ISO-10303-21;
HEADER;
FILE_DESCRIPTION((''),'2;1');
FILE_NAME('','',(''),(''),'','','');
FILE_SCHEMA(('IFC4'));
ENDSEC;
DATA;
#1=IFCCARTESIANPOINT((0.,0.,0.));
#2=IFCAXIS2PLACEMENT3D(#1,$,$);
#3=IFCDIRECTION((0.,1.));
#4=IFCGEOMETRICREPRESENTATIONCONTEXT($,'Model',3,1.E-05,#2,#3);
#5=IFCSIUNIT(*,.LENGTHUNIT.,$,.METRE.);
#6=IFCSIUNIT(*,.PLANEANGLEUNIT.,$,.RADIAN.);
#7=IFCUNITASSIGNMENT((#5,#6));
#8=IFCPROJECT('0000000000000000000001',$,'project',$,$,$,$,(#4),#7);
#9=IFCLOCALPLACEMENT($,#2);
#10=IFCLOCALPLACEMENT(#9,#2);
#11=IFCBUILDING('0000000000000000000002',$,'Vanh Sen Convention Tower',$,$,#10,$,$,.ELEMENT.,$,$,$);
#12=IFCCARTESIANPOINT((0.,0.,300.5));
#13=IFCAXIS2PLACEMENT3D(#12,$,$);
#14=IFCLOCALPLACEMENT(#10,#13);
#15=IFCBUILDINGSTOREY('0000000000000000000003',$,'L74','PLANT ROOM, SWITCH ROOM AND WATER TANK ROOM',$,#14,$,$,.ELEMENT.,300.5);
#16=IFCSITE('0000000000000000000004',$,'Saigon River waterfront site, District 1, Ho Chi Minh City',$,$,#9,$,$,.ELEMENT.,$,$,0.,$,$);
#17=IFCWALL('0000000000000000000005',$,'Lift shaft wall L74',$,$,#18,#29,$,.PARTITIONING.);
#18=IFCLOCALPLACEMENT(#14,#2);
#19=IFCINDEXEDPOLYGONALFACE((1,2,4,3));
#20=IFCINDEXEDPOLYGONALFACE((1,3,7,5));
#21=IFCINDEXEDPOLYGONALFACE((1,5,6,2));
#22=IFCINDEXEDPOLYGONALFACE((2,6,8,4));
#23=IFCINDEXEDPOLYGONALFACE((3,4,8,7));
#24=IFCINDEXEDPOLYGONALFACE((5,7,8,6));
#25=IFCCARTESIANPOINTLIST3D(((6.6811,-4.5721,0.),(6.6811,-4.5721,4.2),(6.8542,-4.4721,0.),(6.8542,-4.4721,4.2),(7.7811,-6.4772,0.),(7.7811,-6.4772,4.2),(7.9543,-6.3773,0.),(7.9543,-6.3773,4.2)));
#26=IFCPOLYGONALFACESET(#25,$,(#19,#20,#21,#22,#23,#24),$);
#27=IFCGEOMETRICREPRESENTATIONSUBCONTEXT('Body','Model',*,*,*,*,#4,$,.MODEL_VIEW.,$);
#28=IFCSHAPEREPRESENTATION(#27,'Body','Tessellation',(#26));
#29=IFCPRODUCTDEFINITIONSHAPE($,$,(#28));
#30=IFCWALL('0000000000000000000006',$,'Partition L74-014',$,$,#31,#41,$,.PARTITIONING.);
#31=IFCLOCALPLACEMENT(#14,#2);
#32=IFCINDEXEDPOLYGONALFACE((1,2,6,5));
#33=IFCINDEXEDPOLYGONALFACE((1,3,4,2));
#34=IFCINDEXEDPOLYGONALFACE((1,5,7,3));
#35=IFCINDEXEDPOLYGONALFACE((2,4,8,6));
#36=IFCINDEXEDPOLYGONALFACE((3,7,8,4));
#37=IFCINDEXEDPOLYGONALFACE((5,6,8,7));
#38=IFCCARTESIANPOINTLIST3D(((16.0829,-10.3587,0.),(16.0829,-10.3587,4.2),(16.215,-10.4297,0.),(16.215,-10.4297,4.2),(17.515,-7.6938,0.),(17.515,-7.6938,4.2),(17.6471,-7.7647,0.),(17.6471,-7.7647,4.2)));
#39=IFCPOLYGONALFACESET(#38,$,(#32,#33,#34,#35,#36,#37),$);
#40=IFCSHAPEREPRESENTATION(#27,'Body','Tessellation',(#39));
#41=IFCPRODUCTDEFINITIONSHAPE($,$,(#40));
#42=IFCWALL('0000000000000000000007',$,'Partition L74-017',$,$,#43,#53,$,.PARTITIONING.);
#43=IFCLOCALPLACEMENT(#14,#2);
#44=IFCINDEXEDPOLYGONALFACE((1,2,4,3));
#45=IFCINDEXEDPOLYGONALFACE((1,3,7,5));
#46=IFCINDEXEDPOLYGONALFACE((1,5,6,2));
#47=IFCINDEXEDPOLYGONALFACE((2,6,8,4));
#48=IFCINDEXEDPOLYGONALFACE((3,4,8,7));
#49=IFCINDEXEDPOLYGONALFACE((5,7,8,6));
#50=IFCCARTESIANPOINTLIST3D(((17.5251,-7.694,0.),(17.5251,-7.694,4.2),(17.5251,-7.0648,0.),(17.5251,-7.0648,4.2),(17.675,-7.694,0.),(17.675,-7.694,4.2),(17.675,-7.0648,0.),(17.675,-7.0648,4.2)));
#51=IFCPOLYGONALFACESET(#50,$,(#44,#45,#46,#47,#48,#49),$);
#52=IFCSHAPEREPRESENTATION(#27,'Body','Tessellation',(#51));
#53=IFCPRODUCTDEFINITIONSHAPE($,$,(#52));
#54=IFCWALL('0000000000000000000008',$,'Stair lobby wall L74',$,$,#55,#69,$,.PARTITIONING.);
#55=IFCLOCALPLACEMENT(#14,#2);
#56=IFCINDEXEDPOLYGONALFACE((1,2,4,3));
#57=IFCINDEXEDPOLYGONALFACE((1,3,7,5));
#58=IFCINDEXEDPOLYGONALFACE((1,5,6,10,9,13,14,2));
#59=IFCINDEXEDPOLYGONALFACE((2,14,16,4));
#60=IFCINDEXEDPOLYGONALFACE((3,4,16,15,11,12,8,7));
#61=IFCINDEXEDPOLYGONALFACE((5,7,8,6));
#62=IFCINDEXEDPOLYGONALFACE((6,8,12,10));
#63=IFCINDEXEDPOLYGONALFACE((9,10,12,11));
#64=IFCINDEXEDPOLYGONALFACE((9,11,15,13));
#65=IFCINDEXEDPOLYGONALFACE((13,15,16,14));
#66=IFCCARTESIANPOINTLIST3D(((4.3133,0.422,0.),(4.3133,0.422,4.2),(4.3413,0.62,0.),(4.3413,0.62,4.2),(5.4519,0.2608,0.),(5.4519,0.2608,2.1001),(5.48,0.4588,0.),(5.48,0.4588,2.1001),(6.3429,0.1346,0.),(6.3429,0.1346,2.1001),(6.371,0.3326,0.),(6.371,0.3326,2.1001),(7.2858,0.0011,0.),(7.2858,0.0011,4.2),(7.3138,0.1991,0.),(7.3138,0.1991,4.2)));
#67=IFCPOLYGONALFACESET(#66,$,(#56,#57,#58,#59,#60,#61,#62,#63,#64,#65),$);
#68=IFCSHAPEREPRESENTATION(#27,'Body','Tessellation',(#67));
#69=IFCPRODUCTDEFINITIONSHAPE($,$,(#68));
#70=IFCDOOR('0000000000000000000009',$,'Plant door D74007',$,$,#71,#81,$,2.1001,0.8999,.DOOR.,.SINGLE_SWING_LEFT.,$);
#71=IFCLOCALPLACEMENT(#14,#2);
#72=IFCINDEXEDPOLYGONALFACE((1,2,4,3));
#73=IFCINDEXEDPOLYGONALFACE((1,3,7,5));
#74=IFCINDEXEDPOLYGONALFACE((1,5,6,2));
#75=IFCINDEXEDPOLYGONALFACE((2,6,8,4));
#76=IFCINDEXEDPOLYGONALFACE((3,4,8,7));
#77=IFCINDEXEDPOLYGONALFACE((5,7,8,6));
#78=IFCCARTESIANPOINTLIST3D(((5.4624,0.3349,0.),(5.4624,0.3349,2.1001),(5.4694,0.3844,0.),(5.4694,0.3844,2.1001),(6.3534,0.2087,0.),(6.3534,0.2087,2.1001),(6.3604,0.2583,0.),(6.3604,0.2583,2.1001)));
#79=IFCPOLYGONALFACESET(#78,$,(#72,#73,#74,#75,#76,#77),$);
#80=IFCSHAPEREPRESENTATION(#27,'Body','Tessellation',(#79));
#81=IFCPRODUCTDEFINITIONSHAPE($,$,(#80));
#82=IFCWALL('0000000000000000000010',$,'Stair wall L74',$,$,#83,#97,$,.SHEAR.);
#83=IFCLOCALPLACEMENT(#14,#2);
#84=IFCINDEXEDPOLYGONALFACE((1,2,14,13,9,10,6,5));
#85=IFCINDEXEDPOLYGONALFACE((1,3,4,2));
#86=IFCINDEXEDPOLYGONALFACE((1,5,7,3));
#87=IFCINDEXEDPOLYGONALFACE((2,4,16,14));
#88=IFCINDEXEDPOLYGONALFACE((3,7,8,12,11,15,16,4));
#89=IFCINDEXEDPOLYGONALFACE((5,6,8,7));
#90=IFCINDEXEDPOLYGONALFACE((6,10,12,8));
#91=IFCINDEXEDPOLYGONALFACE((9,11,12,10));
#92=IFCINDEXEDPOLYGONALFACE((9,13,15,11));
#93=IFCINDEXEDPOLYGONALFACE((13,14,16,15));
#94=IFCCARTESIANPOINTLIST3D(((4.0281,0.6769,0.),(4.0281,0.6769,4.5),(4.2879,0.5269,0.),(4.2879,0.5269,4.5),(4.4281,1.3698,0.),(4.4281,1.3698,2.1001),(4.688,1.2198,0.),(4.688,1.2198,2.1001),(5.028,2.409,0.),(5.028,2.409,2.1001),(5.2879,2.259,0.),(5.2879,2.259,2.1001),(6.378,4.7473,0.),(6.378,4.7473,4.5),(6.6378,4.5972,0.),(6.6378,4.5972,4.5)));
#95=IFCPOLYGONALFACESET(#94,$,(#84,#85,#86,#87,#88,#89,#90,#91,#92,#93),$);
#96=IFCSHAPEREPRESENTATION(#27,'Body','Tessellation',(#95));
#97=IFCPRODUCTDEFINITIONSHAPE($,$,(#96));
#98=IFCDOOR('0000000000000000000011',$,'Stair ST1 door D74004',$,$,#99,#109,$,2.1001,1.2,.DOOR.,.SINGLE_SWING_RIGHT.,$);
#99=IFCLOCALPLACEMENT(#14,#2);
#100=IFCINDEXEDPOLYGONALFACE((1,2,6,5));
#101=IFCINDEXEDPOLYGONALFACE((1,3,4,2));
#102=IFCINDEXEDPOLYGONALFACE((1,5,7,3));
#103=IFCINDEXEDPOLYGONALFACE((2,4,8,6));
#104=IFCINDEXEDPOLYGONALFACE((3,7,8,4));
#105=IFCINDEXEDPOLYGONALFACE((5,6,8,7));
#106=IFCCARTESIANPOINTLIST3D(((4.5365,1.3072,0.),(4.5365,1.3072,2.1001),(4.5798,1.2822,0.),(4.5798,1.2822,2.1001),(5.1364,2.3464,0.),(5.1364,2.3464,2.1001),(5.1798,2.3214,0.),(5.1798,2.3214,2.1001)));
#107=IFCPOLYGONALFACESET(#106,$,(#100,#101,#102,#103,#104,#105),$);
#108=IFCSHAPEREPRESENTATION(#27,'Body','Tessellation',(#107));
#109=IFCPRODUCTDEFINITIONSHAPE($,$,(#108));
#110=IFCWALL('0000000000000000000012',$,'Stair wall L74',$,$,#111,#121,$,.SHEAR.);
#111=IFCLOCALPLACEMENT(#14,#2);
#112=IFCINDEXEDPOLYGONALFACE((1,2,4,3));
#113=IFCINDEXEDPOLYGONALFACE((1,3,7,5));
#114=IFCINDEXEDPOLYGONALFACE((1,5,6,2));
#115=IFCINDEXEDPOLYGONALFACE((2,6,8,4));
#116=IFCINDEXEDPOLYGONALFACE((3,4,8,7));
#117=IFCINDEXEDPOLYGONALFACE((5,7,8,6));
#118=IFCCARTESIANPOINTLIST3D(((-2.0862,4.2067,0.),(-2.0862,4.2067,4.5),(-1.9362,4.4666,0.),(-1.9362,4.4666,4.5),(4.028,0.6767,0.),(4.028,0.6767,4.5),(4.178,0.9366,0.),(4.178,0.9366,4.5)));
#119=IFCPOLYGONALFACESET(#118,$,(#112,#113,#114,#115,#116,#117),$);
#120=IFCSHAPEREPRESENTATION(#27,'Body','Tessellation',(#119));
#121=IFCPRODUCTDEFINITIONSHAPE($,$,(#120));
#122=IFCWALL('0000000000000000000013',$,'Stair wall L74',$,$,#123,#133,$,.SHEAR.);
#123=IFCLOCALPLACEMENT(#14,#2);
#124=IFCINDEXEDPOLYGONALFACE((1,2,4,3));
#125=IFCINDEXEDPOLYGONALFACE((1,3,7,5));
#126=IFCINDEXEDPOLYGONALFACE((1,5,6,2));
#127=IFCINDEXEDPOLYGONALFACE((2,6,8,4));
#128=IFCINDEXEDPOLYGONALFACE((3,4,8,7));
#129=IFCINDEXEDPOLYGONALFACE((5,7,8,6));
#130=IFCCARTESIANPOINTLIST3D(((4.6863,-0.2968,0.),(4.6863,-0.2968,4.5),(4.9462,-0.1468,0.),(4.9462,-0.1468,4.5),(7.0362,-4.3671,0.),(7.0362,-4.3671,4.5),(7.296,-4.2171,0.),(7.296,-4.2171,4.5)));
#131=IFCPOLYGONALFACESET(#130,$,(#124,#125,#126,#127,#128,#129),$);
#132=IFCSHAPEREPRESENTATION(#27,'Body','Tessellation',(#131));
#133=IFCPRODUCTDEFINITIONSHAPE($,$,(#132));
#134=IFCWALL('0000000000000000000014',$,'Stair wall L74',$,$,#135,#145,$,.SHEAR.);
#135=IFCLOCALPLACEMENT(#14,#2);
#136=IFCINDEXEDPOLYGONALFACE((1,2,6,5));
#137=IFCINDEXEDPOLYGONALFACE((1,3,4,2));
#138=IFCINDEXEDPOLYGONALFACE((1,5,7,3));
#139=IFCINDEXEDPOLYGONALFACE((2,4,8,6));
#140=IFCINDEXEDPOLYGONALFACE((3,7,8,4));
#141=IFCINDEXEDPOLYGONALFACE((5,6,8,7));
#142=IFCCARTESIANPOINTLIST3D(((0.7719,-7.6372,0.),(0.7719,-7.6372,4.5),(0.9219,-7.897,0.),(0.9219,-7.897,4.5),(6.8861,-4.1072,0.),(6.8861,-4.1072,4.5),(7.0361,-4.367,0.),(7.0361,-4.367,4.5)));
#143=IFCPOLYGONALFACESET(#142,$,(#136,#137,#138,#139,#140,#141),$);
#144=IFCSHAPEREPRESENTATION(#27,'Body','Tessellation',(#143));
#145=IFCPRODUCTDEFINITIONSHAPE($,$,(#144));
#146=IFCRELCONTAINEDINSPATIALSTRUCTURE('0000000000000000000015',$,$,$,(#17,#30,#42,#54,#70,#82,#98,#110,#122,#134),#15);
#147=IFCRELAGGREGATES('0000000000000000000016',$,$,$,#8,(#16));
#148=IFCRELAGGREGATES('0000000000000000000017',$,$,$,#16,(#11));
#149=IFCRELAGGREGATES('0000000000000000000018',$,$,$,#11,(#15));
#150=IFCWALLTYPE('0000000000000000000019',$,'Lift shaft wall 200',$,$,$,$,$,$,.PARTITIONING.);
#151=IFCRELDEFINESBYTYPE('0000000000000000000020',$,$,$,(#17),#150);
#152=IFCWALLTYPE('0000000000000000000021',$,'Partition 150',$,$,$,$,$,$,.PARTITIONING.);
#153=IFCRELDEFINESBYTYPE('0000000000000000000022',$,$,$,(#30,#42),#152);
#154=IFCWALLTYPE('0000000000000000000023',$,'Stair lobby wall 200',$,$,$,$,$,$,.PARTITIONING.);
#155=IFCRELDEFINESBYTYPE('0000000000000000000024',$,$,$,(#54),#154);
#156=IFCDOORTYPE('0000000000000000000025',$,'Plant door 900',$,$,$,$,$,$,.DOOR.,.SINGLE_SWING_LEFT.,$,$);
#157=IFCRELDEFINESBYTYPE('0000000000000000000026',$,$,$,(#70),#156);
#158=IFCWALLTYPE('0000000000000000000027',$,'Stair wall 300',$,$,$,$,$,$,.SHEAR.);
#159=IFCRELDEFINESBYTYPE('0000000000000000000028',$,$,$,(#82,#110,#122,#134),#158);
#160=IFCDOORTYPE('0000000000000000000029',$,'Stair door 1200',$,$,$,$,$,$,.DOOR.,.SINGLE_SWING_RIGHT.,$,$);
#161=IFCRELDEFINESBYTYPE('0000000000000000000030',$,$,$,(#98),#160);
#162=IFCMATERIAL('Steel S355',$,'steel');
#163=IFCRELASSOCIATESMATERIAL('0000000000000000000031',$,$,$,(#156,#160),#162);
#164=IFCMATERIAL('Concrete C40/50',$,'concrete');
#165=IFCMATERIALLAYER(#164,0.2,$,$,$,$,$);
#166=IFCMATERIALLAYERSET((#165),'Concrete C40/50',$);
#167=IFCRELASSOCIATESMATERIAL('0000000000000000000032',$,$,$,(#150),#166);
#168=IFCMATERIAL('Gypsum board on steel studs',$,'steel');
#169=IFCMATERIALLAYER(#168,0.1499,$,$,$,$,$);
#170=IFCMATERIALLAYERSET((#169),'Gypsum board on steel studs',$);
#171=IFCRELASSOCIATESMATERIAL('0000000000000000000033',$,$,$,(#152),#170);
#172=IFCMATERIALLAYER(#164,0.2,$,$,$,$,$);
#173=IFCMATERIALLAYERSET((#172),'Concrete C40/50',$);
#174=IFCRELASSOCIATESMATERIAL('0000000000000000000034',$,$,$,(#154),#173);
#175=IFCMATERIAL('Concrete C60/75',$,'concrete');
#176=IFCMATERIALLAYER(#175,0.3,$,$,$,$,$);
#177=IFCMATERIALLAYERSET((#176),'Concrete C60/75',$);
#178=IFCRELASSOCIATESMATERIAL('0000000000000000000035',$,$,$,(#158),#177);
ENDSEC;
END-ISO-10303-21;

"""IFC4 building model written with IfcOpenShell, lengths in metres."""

from ifc_helpers import new_model, si_unit, direction, frame, frame_2d, origin, place, context, subcontext, project, spatial, rectangle, extrude, material, layer, layer_set, type_object, element, fill, save


model = new_model("IFC4")

# Units and contexts
model_context = context("Model", 3, precision=1e-05, world=origin(), true_north=direction((0.0, 1.0)))
body_context = subcontext(model_context, "Body", "Model", "MODEL_VIEW")
ifc_project = project(units=[si_unit("LENGTHUNIT", "METRE"), si_unit("PLANEANGLEUNIT", "RADIAN")], contexts=[model_context])

# Site, building, storey
site_placement = place(None, origin())
site = spatial("IfcSite", under=ifc_project, at=site_placement, Name="Saigon River waterfront site, District 1, Ho Chi Minh City", CompositionType="ELEMENT", RefElevation=0.0)
building_placement = place(site_placement, origin())
building = spatial("IfcBuilding", under=site, at=building_placement, Name="Vanh Sen Convention Tower", CompositionType="ELEMENT")
storey_placement = place(building_placement, frame((0.0, 0.0, 300.5)))
storey = spatial("IfcBuildingStorey", under=building, at=storey_placement, Name="L74", Description="PLANT ROOM, SWITCH ROOM AND WATER TANK ROOM", CompositionType="ELEMENT", Elevation=300.5)

# Shared definitions
ifc_material_1 = material(Name="Concrete C40/50", Category="concrete")

# Shared definitions
ifc_material_2 = material(Name="Concrete C60/75", Category="concrete")
ifc_material_3 = material(Name="Steel S355", Category="steel")
door_type_1 = type_object("IfcDoorType", Name="Plant door 900", OperationType="SINGLE_SWING_LEFT", PredefinedType="DOOR", material=ifc_material_3)

# Walls
ifc_layer_1 = layer(ifc_material_1, 0.2)
ifc_layer_set_1 = layer_set([ifc_layer_1], Name="Concrete C40/50")
wall_type_1 = type_object("IfcWallType", Name="Lift shaft wall 200", PredefinedType="PARTITIONING", material=ifc_layer_set_1)
for number, where, z_axis, x_axis, name in (
    (1, (6.7676, -4.522, 0.0), (0.0, 0.0, 1.0), (0.50003, -0.866008, 0.0), "Lift shaft wall L74"),
):
    element("IfcWall", number, at=place(storey_placement, frame(where, z_axis=z_axis, x_axis=x_axis)), inside=storey, type_object=wall_type_1, Name=name, PredefinedType="PARTITIONING", context=body_context, shape_type="SweptSolid", body=[
        extrude(rectangle(XDim=2.2, YDim=0.2, at=frame_2d((1.1001, 0.0))), origin(), (0.0, 0.0, 1.0), 4.2),
    ])
ifc_material_4 = material(Name="Gypsum board on steel studs", Category="steel")
ifc_layer_2 = layer(ifc_material_4, 0.1499)
ifc_layer_set_2 = layer_set([ifc_layer_2], Name="Gypsum board on steel studs")
wall_type_2 = type_object("IfcWallType", Name="Partition 150", PredefinedType="PARTITIONING", material=ifc_layer_set_2)
wall_1_placement = place(storey_placement, frame((17.5811, -7.7292, 0.0), z_axis=(0.0, 0.0, 1.0), x_axis=(-0.473359, -0.88087, 0.0)))
element("IfcWall", 2, at=wall_1_placement, inside=storey, type_object=wall_type_2, Name="Partition L74-014", PredefinedType="PARTITIONING", context=body_context, shape_type="SweptSolid", body=[
    extrude(rectangle(XDim=3.0254, YDim=0.1499, at=frame_2d((1.5127, 0.0))), origin(), (0.0, 0.0, 1.0), 4.2),
])
wall_2_placement = place(storey_placement, frame((17.6001, -7.0649, 0.0), z_axis=(0.0, 0.0, 1.0), x_axis=(0.0, -1.0, 0.0)))
element("IfcWall", 3, at=wall_2_placement, inside=storey, type_object=wall_type_2, Name="Partition L74-017", PredefinedType="PARTITIONING", context=body_context, shape_type="SweptSolid", body=[
    extrude(rectangle(XDim=0.6292, YDim=0.1499, at=frame_2d((0.3145, 0.0))), origin(), (0.0, 0.0, 1.0), 4.2),
])

# Walls, openings, doors
ifc_layer_3 = layer(ifc_material_1, 0.2)
ifc_layer_set_3 = layer_set([ifc_layer_3], Name="Concrete C40/50")
wall_type_3 = type_object("IfcWallType", Name="Stair lobby wall 200", PredefinedType="PARTITIONING", material=ifc_layer_set_3)
wall_3_placement = place(storey_placement, frame((4.3274, 0.521, 0.0), z_axis=(0.0, 0.0, 1.0), x_axis=(0.990124, -0.140192, 0.0)))
wall_3 = element("IfcWall", 4, at=wall_3_placement, inside=storey, type_object=wall_type_3, Name="Stair lobby wall L74", PredefinedType="PARTITIONING", context=body_context, shape_type="SweptSolid", body=[
    extrude(rectangle(XDim=3.0022, YDim=0.2, at=frame_2d((1.501, 0.0))), origin(), (0.0, 0.0, 1.0), 4.2),
])
opening_1_placement = place(wall_3_placement, frame((1.1499, 0.0, 0.0)))
opening_1 = element("IfcOpeningElement", 5, at=opening_1_placement, cuts=wall_3, PredefinedType="OPENING", context=body_context, shape_type="SweptSolid", body=[
    extrude(rectangle(XDim=0.8999, YDim=2.1001, at=frame_2d((0.45, 1.05))), frame((0.0, 0.1099, 0.0), z_axis=(0.0, -1.0, 0.0), x_axis=(1.0, 0.0, 0.0)), (0.0, 0.0, 1.0), 0.22),
])
door_1_placement = place(opening_1_placement, origin())
door_1 = element("IfcDoor", 6, at=door_1_placement, inside=storey, type_object=door_type_1, Name="Plant door D74007", OperationType="SINGLE_SWING_LEFT", OverallHeight=2.1001, OverallWidth=0.8999, PredefinedType="DOOR", context=body_context, shape_type="SweptSolid", body=[
    extrude(rectangle(XDim=0.8999, YDim=2.1001, at=frame_2d((0.45, 1.05))), frame((0.0, 0.0249, 0.0), z_axis=(0.0, -1.0, 0.0), x_axis=(1.0, 0.0, 0.0)), (0.0, 0.0, 1.0), 0.05),
])
fill(opening_1, door_1)
ifc_layer_4 = layer(ifc_material_2, 0.3)
ifc_layer_set_4 = layer_set([ifc_layer_4], Name="Concrete C60/75")
wall_type_4 = type_object("IfcWallType", Name="Stair wall 300", PredefinedType="SHEAR", material=ifc_layer_set_4)
wall_4_placement = place(storey_placement, frame((4.158, 0.6018, 0.0), z_axis=(0.0, 0.0, 1.0), x_axis=(0.499977, 0.866039, 0.0)))
wall_4 = element("IfcWall", 7, at=wall_4_placement, inside=storey, type_object=wall_type_4, Name="Stair wall L74", PredefinedType="SHEAR", context=body_context, shape_type="SweptSolid", body=[
    extrude(rectangle(XDim=4.7, YDim=0.3, at=frame_2d((2.3501, 0.0))), origin(), (0.0, 0.0, 1.0), 4.5),
])
opening_2_placement = place(wall_4_placement, frame((0.8, 0.0, 0.0)))
opening_2 = element("IfcOpeningElement", 8, at=opening_2_placement, cuts=wall_4, PredefinedType="OPENING", context=body_context, shape_type="SweptSolid", body=[
    extrude(rectangle(XDim=1.2, YDim=2.1001, at=frame_2d((0.6001, 1.05))), frame((0.0, 0.1599, 0.0), z_axis=(0.0, -1.0, 0.0), x_axis=(1.0, 0.0, 0.0)), (0.0, 0.0, 1.0), 0.3201),
])
door_type_2 = type_object("IfcDoorType", Name="Stair door 1200", OperationType="SINGLE_SWING_RIGHT", PredefinedType="DOOR", material=ifc_material_3)
door_2_placement = place(opening_2_placement, origin())
door_2 = element("IfcDoor", 9, at=door_2_placement, inside=storey, type_object=door_type_2, Name="Stair ST1 door D74004", OperationType="SINGLE_SWING_RIGHT", OverallHeight=2.1001, OverallWidth=1.2, PredefinedType="DOOR", context=body_context, shape_type="SweptSolid", body=[
    extrude(rectangle(XDim=1.2, YDim=2.1001, at=frame_2d((0.6001, 1.05))), frame((0.0, 0.0249, 0.0), z_axis=(0.0, -1.0, 0.0), x_axis=(1.0, 0.0, 0.0)), (0.0, 0.0, 1.0), 0.05),
])
fill(opening_2, door_2)

# Walls
wall_5_placement = place(storey_placement, frame((4.103, 0.8066, 0.0), z_axis=(0.0, 0.0, 1.0), x_axis=(-0.866028, 0.499996, 0.0)))
element("IfcWall", 10, at=wall_5_placement, inside=storey, type_object=wall_type_4, Name="Stair wall L74", PredefinedType="SHEAR", context=body_context, shape_type="SweptSolid", body=[
    extrude(rectangle(XDim=7.0601, YDim=0.3, at=frame_2d((3.53, 0.0))), origin(), (0.0, 0.0, 1.0), 4.5),
])
wall_6_placement = place(storey_placement, frame((4.8162, -0.2217, 0.0), z_axis=(0.0, 0.0, 1.0), x_axis=(0.499977, -0.866039, 0.0)))
element("IfcWall", 11, at=wall_6_placement, inside=storey, type_object=wall_type_4, Name="Stair wall L74", PredefinedType="SHEAR", context=body_context, shape_type="SweptSolid", body=[
    extrude(rectangle(XDim=4.7, YDim=0.3, at=frame_2d((2.3501, 0.0))), origin(), (0.0, 0.0, 1.0), 4.5),
])
wall_7_placement = place(storey_placement, frame((0.8469, -7.7671, 0.0), z_axis=(0.0, 0.0, 1.0), x_axis=(0.866028, 0.499996, 0.0)))
element("IfcWall", 12, at=wall_7_placement, inside=storey, type_object=wall_type_4, Name="Stair wall L74", PredefinedType="SHEAR", context=body_context, shape_type="SweptSolid", body=[
    extrude(rectangle(XDim=7.0601, YDim=0.3, at=frame_2d((3.53, 0.0))), origin(), (0.0, 0.0, 1.0), 4.5),
])

save(model, "model.ifc")
